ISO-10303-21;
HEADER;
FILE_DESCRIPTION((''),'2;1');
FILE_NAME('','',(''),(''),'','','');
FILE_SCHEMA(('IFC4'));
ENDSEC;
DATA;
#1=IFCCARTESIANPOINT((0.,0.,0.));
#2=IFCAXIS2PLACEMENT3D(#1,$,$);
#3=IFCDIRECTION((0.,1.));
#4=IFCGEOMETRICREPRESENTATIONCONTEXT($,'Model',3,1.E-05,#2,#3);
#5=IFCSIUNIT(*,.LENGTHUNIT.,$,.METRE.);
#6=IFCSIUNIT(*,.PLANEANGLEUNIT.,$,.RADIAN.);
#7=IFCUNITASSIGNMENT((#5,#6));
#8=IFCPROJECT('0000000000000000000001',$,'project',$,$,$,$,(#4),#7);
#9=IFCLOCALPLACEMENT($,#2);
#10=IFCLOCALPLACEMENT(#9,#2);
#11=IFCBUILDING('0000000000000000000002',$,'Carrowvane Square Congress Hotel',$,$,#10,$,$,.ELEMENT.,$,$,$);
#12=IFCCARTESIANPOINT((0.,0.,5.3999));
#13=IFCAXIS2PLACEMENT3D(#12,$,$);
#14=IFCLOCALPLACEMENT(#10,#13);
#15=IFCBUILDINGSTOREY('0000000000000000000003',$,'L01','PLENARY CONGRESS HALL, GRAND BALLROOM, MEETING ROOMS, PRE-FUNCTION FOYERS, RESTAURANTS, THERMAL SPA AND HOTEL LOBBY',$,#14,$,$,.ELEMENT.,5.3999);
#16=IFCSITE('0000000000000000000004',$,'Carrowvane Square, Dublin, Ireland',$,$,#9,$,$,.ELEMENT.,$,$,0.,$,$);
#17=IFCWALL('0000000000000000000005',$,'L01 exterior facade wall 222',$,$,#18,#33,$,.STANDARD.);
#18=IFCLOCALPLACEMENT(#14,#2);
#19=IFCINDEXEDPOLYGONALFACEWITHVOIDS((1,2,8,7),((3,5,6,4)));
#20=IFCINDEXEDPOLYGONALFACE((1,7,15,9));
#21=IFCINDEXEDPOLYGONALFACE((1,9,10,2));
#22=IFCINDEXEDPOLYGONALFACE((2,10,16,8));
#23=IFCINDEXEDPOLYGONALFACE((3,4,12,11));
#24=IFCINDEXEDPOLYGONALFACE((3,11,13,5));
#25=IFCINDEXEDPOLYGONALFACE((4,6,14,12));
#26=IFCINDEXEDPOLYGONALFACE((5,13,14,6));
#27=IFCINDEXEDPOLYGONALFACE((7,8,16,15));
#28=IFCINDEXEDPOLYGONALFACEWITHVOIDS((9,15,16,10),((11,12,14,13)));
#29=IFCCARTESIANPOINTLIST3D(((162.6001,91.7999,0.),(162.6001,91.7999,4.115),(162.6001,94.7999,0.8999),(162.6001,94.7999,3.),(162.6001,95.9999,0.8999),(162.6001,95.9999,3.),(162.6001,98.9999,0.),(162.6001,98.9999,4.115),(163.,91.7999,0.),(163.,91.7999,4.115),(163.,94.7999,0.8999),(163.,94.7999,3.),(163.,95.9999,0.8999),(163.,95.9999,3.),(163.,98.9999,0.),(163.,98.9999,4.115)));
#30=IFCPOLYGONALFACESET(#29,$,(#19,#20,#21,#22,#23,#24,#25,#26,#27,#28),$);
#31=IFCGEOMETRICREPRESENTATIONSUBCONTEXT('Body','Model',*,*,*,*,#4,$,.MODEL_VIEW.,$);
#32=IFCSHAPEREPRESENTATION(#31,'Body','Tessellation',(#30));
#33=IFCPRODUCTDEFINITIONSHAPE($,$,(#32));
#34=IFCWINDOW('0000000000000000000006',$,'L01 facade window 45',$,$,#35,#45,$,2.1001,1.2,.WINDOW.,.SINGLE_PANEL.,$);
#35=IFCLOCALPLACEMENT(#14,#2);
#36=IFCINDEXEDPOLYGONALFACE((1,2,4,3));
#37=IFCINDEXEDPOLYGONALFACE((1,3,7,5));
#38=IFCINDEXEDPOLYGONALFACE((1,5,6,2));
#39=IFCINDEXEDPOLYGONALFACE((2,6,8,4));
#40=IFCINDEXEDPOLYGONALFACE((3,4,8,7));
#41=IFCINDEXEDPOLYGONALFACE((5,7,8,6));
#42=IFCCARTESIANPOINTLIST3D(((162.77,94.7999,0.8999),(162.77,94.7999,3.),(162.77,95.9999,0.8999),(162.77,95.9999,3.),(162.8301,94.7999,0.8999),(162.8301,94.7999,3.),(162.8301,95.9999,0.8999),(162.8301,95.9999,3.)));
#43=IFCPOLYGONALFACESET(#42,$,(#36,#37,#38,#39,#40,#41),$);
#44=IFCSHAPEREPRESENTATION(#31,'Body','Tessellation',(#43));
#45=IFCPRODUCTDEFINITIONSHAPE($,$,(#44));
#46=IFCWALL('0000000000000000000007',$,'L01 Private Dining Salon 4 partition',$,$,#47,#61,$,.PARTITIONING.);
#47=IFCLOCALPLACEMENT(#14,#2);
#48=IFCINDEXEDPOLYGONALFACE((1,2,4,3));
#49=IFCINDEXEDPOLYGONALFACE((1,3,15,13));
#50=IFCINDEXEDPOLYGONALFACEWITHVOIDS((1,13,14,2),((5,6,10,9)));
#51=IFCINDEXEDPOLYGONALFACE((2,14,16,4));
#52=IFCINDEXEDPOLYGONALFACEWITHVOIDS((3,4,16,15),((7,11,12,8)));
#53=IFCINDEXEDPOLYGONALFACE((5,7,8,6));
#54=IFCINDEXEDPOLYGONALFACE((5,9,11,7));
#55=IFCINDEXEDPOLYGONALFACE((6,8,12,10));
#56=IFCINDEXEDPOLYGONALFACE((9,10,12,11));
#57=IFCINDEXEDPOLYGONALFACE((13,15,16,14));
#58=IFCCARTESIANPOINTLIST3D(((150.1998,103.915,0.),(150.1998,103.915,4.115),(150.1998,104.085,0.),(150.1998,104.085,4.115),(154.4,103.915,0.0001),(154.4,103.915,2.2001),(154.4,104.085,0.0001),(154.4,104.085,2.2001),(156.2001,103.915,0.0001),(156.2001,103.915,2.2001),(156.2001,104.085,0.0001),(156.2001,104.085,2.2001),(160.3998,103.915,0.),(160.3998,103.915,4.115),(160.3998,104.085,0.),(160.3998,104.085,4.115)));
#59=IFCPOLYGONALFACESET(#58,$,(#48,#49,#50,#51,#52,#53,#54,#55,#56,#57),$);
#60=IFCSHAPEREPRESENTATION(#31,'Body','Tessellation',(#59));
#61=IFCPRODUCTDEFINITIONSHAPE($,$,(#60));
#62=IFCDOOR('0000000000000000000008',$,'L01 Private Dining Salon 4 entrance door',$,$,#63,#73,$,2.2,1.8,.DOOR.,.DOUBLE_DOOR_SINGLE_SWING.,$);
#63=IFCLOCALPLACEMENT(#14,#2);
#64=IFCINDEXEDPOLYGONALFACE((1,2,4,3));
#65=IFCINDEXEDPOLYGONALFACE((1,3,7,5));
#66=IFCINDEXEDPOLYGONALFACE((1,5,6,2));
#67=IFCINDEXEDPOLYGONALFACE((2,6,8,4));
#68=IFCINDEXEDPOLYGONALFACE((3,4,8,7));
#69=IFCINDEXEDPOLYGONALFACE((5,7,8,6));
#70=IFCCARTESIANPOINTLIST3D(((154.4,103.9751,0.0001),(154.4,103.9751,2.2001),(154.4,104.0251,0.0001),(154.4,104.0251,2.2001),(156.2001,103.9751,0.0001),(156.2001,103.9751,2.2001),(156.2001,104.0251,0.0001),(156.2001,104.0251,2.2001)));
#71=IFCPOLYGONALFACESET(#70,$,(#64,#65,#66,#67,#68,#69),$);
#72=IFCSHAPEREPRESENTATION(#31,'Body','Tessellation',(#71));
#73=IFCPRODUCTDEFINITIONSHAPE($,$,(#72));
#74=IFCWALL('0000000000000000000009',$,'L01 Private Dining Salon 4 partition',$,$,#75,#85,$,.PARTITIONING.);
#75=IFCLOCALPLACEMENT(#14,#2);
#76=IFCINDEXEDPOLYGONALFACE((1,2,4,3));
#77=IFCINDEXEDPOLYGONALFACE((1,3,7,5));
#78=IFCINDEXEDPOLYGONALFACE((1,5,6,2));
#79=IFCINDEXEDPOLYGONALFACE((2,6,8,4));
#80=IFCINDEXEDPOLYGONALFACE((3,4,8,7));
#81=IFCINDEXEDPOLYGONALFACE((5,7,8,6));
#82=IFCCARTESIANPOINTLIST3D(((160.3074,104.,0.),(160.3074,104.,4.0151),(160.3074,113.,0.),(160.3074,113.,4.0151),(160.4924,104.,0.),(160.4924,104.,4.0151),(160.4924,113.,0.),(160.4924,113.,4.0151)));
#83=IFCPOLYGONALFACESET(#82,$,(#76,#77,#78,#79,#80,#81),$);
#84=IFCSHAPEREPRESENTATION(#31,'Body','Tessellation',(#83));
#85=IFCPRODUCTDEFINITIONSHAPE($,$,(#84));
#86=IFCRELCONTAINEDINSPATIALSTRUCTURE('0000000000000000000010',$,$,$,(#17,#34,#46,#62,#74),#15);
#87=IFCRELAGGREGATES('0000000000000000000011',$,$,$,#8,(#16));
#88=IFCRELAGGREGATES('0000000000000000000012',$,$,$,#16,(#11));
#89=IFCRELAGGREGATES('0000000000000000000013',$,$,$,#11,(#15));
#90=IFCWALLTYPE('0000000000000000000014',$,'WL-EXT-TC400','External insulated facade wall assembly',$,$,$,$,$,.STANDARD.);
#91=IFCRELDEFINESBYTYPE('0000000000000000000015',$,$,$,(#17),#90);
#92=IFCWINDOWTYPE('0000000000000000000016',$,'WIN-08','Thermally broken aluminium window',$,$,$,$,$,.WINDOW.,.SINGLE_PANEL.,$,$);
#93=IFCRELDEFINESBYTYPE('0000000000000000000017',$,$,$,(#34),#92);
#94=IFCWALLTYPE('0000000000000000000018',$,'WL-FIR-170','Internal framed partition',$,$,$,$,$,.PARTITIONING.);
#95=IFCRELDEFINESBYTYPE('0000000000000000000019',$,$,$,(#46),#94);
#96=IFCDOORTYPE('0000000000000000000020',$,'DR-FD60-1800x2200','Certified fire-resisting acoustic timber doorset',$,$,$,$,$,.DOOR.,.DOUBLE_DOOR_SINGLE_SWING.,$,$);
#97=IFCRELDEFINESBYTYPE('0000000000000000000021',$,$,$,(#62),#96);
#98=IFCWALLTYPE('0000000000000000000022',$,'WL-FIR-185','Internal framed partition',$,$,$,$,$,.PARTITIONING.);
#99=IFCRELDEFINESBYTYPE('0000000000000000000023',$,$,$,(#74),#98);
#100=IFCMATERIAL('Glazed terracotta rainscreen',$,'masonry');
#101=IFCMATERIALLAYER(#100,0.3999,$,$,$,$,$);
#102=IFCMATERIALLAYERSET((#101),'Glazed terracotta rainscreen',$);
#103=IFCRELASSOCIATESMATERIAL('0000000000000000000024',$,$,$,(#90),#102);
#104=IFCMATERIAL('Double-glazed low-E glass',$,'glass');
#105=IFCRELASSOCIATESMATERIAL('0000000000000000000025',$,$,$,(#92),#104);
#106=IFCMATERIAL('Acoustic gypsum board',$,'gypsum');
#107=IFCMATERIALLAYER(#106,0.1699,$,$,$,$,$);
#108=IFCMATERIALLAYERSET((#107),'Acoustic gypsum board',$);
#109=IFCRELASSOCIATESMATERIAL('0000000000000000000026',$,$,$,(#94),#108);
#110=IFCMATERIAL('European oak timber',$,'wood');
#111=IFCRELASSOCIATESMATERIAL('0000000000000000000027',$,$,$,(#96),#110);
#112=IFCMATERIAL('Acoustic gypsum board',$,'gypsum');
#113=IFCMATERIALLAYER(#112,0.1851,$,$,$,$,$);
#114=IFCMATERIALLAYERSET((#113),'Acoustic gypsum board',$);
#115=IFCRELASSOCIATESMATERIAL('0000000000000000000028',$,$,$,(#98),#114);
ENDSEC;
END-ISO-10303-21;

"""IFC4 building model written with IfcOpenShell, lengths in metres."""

from ifc_helpers import new_model, si_unit, direction, frame, frame_2d, origin, place, context, subcontext, project, spatial, rectangle, extrude, material, layer, layer_set, type_object, element, fill, save


model = new_model("IFC4")

# Units and contexts
model_context = context("Model", 3, precision=1e-05, world=origin(), true_north=direction((0.0, 1.0)))
body_context = subcontext(model_context, "Body", "Model", "MODEL_VIEW")
ifc_project = project(units=[si_unit("LENGTHUNIT", "METRE"), si_unit("PLANEANGLEUNIT", "RADIAN")], contexts=[model_context])

# Site, building, storey
site_placement = place(None, origin())
site = spatial("IfcSite", under=ifc_project, at=site_placement, Name="Carrowvane Square, Dublin, Ireland", CompositionType="ELEMENT", RefElevation=0.0)
building_placement = place(site_placement, origin())
building = spatial("IfcBuilding", under=site, at=building_placement, Name="Carrowvane Square Congress Hotel", CompositionType="ELEMENT")
storey_placement = place(building_placement, frame((0.0, 0.0, 5.3999)))
storey = spatial("IfcBuildingStorey", under=building, at=storey_placement, Name="L01", Description="PLENARY CONGRESS HALL, GRAND BALLROOM, MEETING ROOMS, PRE-FUNCTION FOYERS, RESTAURANTS, THERMAL SPA AND HOTEL LOBBY", CompositionType="ELEMENT", Elevation=5.3999)

# Wall, opening, window
ifc_material_1 = material(Name="Glazed terracotta rainscreen", Category="masonry")
ifc_layer_1 = layer(ifc_material_1, 0.3999)
ifc_layer_set_1 = layer_set([ifc_layer_1], Name="Glazed terracotta rainscreen")
wall_type_1 = type_object("IfcWallType", Name="WL-EXT-TC400", Description="External insulated facade wall assembly", PredefinedType="STANDARD", material=ifc_layer_set_1)
wall_1_placement = place(storey_placement, frame((162.8, 99.0, 0.0), z_axis=(0.0, 0.0, 1.0), x_axis=(0.0, -1.0, 0.0)))
wall_1 = element("IfcWall", 1, at=wall_1_placement, inside=storey, type_object=wall_type_1, Name="L01 exterior facade wall 222", PredefinedType="STANDARD", context=body_context, shape_type="SweptSolid", body=[
    extrude(rectangle(XDim=7.2, YDim=0.3999, at=frame_2d((3.6001, 0.0))), origin(), (0.0, 0.0, 1.0), 4.115),
])
opening_1_placement = place(wall_1_placement, frame((3.0, 0.0, 0.8999)))
opening_1 = element("IfcOpeningElement", 2, at=opening_1_placement, cuts=wall_1, PredefinedType="OPENING", context=body_context, shape_type="SweptSolid", body=[
    extrude(rectangle(XDim=1.2, YDim=2.1001, at=frame_2d((0.6001, 1.05))), frame((0.0, 0.21, 0.0), z_axis=(0.0, -1.0, 0.0), x_axis=(1.0, 0.0, 0.0)), (0.0, 0.0, 1.0), 0.4199),
])
ifc_material_2 = material(Name="Double-glazed low-E glass", Category="glass")
window_type_1 = type_object("IfcWindowType", Name="WIN-08", Description="Thermally broken aluminium window", PartitioningType="SINGLE_PANEL", PredefinedType="WINDOW", material=ifc_material_2)
window_1_placement = place(opening_1_placement, origin())
window_1 = element("IfcWindow", 3, at=window_1_placement, inside=storey, type_object=window_type_1, Name="L01 facade window 45", OverallHeight=2.1001, OverallWidth=1.2, PartitioningType="SINGLE_PANEL", PredefinedType="WINDOW", context=body_context, shape_type="SweptSolid", body=[
    extrude(rectangle(XDim=1.2, YDim=2.1001, at=frame_2d((0.6001, 1.05))), frame((0.0, 0.03, 0.0), z_axis=(0.0, -1.0, 0.0), x_axis=(1.0, 0.0, 0.0)), (0.0, 0.0, 1.0), 0.0601),
])
fill(opening_1, window_1)

# Wall, opening, door
ifc_material_3 = material(Name="Acoustic gypsum board", Category="gypsum")
ifc_layer_2 = layer(ifc_material_3, 0.1699)
ifc_layer_set_2 = layer_set([ifc_layer_2], Name="Acoustic gypsum board")
wall_type_2 = type_object("IfcWallType", Name="WL-FIR-170", Description="Internal framed partition", PredefinedType="PARTITIONING", material=ifc_layer_set_2)
wall_2_placement = place(storey_placement, frame((160.3999, 104.0, 0.0), z_axis=(0.0, 0.0, 1.0), x_axis=(-1.0, 0.0, 0.0)))
wall_2 = element("IfcWall", 4, at=wall_2_placement, inside=storey, type_object=wall_type_2, Name="L01 Private Dining Salon 4 partition", PredefinedType="PARTITIONING", context=body_context, shape_type="SweptSolid", body=[
    extrude(rectangle(XDim=10.2, YDim=0.1699, at=frame_2d((5.1001, 0.0))), origin(), (0.0, 0.0, 1.0), 4.115),
])
opening_2_placement = place(wall_2_placement, frame((4.2, 0.0, 0.0)))
opening_2 = element("IfcOpeningElement", 5, at=opening_2_placement, cuts=wall_2, PredefinedType="OPENING", context=body_context, shape_type="SweptSolid", body=[
    extrude(rectangle(XDim=1.8, YDim=2.2, at=frame_2d((0.8999, 1.1001))), frame((0.0, 0.095, 0.0), z_axis=(0.0, -1.0, 0.0), x_axis=(1.0, 0.0, 0.0)), (0.0, 0.0, 1.0), 0.1899),
])
ifc_material_4 = material(Name="European oak timber", Category="wood")
door_type = type_object("IfcDoorType", Name="DR-FD60-1800x2200", Description="Certified fire-resisting acoustic timber doorset", OperationType="DOUBLE_DOOR_SINGLE_SWING", PredefinedType="DOOR", material=ifc_material_4)
door_placement = place(opening_2_placement, origin())
door = element("IfcDoor", 6, at=door_placement, inside=storey, type_object=door_type, Name="L01 Private Dining Salon 4 entrance door", OperationType="DOUBLE_DOOR_SINGLE_SWING", OverallHeight=2.2, OverallWidth=1.8, PredefinedType="DOOR", context=body_context, shape_type="SweptSolid", body=[
    extrude(rectangle(XDim=1.8, YDim=2.2, at=frame_2d((0.8999, 1.1001))), frame((0.0, 0.0249, 0.0), z_axis=(0.0, -1.0, 0.0), x_axis=(1.0, 0.0, 0.0)), (0.0, 0.0, 1.0), 0.05),
])
fill(opening_2, door)

# Wall
ifc_material_5 = material(Name="Acoustic gypsum board", Category="gypsum")
ifc_layer_3 = layer(ifc_material_5, 0.1851)
ifc_layer_set_3 = layer_set([ifc_layer_3], Name="Acoustic gypsum board")
wall_type_3 = type_object("IfcWallType", Name="WL-FIR-185", Description="Internal framed partition", PredefinedType="PARTITIONING", material=ifc_layer_set_3)
wall_3_placement = place(storey_placement, frame((160.3999, 113.0, 0.0), z_axis=(0.0, 0.0, 1.0), x_axis=(0.0, -1.0, 0.0)))
element("IfcWall", 7, at=wall_3_placement, inside=storey, type_object=wall_type_3, Name="L01 Private Dining Salon 4 partition", PredefinedType="PARTITIONING", context=body_context, shape_type="SweptSolid", body=[
    extrude(rectangle(XDim=9.0, YDim=0.1851, at=frame_2d((4.5, 0.0))), origin(), (0.0, 0.0, 1.0), 4.0151),
])

save(model, "model.ifc")
